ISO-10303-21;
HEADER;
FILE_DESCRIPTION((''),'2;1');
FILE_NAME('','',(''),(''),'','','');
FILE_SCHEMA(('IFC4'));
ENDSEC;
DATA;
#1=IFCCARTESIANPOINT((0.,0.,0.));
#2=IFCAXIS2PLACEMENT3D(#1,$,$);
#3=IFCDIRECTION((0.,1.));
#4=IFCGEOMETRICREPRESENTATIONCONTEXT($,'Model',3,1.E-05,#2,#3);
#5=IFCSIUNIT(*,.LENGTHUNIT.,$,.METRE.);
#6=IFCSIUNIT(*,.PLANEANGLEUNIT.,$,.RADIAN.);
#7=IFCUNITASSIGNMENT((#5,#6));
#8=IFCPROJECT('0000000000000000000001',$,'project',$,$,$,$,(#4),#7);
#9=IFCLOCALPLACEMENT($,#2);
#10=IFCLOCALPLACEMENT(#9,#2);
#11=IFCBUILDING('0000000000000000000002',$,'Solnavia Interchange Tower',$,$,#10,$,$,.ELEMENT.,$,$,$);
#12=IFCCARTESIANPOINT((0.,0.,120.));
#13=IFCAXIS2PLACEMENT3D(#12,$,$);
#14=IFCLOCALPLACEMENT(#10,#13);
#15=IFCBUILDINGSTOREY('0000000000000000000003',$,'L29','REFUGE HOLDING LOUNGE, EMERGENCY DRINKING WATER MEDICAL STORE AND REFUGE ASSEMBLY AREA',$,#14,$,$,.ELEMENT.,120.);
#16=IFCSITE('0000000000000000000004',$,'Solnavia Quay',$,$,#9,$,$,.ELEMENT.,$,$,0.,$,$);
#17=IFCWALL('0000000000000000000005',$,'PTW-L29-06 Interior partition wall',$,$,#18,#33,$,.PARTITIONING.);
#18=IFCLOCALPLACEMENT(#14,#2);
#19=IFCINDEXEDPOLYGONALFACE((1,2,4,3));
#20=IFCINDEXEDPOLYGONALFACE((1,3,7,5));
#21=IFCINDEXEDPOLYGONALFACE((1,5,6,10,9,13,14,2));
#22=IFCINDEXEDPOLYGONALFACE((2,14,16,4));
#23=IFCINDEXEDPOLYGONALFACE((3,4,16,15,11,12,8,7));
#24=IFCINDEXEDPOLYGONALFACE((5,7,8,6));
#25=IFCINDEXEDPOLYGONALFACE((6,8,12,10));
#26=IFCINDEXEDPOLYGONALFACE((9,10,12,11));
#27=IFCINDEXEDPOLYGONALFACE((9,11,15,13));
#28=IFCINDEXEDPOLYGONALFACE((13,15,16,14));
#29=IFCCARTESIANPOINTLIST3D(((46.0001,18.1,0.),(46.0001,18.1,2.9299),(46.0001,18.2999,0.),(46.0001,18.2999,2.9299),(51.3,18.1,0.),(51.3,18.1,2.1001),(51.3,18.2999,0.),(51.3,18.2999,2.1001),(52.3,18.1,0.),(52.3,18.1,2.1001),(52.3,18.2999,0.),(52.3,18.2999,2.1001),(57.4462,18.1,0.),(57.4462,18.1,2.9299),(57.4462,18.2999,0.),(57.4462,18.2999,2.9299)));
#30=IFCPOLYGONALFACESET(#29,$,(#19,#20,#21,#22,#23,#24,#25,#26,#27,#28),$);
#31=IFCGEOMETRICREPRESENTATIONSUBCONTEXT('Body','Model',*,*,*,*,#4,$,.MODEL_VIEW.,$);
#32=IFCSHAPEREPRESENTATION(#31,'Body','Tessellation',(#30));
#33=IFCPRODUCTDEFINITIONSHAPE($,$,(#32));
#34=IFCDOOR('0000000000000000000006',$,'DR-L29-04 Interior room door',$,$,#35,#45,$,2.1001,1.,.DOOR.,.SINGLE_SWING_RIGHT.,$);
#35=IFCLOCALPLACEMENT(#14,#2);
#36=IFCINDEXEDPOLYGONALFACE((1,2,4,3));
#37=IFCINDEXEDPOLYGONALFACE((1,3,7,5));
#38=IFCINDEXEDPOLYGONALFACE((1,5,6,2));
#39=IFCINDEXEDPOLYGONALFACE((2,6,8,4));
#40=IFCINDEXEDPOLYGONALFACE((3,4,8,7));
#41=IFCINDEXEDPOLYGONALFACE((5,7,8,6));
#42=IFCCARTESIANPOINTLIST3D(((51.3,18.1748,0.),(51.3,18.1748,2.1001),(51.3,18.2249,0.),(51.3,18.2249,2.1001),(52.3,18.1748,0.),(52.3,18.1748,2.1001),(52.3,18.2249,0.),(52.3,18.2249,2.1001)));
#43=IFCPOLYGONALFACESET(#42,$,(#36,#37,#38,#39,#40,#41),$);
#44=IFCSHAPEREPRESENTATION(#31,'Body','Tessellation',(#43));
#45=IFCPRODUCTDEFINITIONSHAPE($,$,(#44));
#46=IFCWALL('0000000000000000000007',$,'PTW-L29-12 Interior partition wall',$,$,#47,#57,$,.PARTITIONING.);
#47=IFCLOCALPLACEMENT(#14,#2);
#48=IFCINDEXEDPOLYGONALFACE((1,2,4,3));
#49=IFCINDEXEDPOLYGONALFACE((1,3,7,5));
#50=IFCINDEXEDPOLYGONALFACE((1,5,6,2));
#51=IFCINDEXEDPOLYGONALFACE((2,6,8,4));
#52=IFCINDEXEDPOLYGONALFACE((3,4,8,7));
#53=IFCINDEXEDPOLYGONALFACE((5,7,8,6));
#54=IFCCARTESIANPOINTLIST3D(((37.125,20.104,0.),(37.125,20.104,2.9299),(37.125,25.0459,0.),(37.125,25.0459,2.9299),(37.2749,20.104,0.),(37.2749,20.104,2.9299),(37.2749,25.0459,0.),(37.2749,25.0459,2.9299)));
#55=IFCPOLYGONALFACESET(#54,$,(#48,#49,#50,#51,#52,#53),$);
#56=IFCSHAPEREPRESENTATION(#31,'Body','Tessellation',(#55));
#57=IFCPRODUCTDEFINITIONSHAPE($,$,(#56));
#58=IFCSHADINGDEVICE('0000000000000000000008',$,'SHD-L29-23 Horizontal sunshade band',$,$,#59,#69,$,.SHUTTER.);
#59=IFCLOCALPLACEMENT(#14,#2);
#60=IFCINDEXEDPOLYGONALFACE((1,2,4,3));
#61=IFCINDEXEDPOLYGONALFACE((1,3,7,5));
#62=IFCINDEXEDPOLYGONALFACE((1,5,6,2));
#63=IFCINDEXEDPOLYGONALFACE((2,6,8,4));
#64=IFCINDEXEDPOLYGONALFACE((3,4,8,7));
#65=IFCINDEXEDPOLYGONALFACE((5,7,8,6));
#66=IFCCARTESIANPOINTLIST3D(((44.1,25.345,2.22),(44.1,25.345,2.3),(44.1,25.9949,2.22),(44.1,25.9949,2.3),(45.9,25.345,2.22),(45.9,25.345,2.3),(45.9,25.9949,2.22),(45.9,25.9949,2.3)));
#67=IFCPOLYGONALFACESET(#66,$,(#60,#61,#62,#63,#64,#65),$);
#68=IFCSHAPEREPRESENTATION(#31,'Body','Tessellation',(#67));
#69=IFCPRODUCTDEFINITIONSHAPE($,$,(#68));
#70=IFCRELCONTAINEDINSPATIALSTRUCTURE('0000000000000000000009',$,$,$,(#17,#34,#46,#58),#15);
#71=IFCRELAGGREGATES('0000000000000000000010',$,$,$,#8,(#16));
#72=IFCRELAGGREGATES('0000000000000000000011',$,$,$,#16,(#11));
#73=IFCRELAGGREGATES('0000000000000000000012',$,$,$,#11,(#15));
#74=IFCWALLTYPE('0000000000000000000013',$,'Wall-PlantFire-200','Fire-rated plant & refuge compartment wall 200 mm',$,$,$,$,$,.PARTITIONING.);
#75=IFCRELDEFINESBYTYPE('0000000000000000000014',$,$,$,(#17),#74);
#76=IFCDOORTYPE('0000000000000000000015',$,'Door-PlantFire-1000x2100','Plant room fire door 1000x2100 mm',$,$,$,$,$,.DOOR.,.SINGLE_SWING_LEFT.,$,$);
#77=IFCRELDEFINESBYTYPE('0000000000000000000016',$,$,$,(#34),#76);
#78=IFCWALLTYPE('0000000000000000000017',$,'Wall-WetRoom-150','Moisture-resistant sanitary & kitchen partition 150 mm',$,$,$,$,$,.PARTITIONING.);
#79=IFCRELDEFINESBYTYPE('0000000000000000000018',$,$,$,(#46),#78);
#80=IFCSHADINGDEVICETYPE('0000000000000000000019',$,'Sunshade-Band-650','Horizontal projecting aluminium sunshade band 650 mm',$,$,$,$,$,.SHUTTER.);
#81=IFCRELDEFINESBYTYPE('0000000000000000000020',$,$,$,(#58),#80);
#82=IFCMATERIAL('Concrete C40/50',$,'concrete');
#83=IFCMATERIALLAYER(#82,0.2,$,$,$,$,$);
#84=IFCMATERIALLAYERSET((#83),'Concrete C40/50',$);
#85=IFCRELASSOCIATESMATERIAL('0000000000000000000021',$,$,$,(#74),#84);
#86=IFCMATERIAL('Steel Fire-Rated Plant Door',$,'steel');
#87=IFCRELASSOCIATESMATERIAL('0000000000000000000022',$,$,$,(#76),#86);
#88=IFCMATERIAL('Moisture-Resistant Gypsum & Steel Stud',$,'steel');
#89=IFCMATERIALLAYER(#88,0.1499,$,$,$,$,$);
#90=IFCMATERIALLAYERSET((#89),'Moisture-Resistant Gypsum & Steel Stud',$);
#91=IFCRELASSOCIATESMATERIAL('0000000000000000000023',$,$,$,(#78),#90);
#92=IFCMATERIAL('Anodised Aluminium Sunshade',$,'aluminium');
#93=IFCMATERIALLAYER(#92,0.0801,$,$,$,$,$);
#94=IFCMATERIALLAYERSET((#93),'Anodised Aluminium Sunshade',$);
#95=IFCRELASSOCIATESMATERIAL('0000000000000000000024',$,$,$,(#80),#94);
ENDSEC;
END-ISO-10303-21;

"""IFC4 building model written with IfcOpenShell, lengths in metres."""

from ifc_helpers import new_model, si_unit, direction, frame, frame_2d, origin, origin_2d, place, context, subcontext, project, spatial, rectangle, extrude, material, layer, layer_set, type_object, element, fill, save


model = new_model("IFC4")

# Units and contexts
model_context = context("Model", 3, precision=1e-05, world=origin(), true_north=direction((0.0, 1.0)))
body_context = subcontext(model_context, "Body", "Model", "MODEL_VIEW")
ifc_project = project(units=[si_unit("LENGTHUNIT", "METRE"), si_unit("PLANEANGLEUNIT", "RADIAN")], contexts=[model_context])

# Site, building, storey
site_placement = place(None, origin())
site = spatial("IfcSite", under=ifc_project, at=site_placement, Name="Solnavia Quay", CompositionType="ELEMENT", RefElevation=0.0)
building_placement = place(site_placement, origin())
building = spatial("IfcBuilding", under=site, at=building_placement, Name="Solnavia Interchange Tower", CompositionType="ELEMENT")
storey_placement = place(building_placement, frame((0.0, 0.0, 120.0)))
storey = spatial("IfcBuildingStorey", under=building, at=storey_placement, Name="L29", Description="REFUGE HOLDING LOUNGE, EMERGENCY DRINKING WATER MEDICAL STORE AND REFUGE ASSEMBLY AREA", CompositionType="ELEMENT", Elevation=120.0)

# Shared definitions
ifc_material_1 = material(Name="Concrete C40/50", Category="concrete")

# Wall, opening, door
ifc_layer_1 = layer(ifc_material_1, 0.2)
ifc_layer_set_1 = layer_set([ifc_layer_1], Name="Concrete C40/50")
wall_type_1 = type_object("IfcWallType", Name="Wall-PlantFire-200", Description="Fire-rated plant & refuge compartment wall 200 mm", PredefinedType="PARTITIONING", material=ifc_layer_set_1)
wall_1_placement = place(storey_placement, frame((46.0, 18.2, 0.0), z_axis=(0.0, 0.0, 1.0), x_axis=(1.0, 0.0, 0.0)))
wall_1 = element("IfcWall", 1, at=wall_1_placement, inside=storey, type_object=wall_type_1, Name="PTW-L29-06 Interior partition wall", PredefinedType="PARTITIONING", context=body_context, shape_type="SweptSolid", body=[
    extrude(rectangle(XDim=11.446, YDim=0.2, at=frame_2d((5.7231, 0.0))), origin(), (0.0, 0.0, 1.0), 2.9299),
])
opening_1_placement = place(wall_1_placement, frame((5.3, 0.0, 0.0)))
opening_1 = element("IfcOpeningElement", 2, at=opening_1_placement, cuts=wall_1, PredefinedType="OPENING", context=body_context, shape_type="SweptSolid", body=[
    extrude(rectangle(XDim=1.0, YDim=2.1001, at=frame_2d((0.5, 1.05))), frame((0.0, 0.1099, 0.0), z_axis=(0.0, -1.0, 0.0), x_axis=(1.0, 0.0, 0.0)), (0.0, 0.0, 1.0), 0.22),
])
ifc_material_2 = material(Name="Steel Fire-Rated Plant Door", Category="steel")
door_type = type_object("IfcDoorType", Name="Door-PlantFire-1000x2100", Description="Plant room fire door 1000x2100 mm", OperationType="SINGLE_SWING_LEFT", PredefinedType="DOOR", material=ifc_material_2)
door_placement = place(opening_1_placement, origin())
door = element("IfcDoor", 3, at=door_placement, inside=storey, type_object=door_type, Name="DR-L29-04 Interior room door", OperationType="SINGLE_SWING_RIGHT", OverallHeight=2.1001, OverallWidth=1.0, PredefinedType="DOOR", context=body_context, shape_type="SweptSolid", body=[
    extrude(rectangle(XDim=1.0, YDim=2.1001, at=frame_2d((0.5, 1.05))), frame((0.0, 0.0249, 0.0), z_axis=(0.0, -1.0, 0.0), x_axis=(1.0, 0.0, 0.0)), (0.0, 0.0, 1.0), 0.05),
])
fill(opening_1, door)

# Wall
ifc_material_3 = material(Name="Moisture-Resistant Gypsum & Steel Stud", Category="steel")
ifc_layer_2 = layer(ifc_material_3, 0.1499)
ifc_layer_set_2 = layer_set([ifc_layer_2], Name="Moisture-Resistant Gypsum & Steel Stud")
wall_type_2 = type_object("IfcWallType", Name="Wall-WetRoom-150", Description="Moisture-resistant sanitary & kitchen partition 150 mm", PredefinedType="PARTITIONING", material=ifc_layer_set_2)
wall_2_placement = place(storey_placement, frame((37.2, 20.104, 0.0), z_axis=(0.0, 0.0, 1.0), x_axis=(0.0, 1.0, 0.0)))
element("IfcWall", 4, at=wall_2_placement, inside=storey, type_object=wall_type_2, Name="PTW-L29-12 Interior partition wall", PredefinedType="PARTITIONING", context=body_context, shape_type="SweptSolid", body=[
    extrude(rectangle(XDim=4.9419, YDim=0.1499, at=frame_2d((2.4709, 0.0))), origin(), (0.0, 0.0, 1.0), 2.9299),
])

# Shading device
ifc_material_4 = material(Name="Anodised Aluminium Sunshade", Category="aluminium")
ifc_layer_3 = layer(ifc_material_4, 0.0801)
ifc_layer_set_3 = layer_set([ifc_layer_3], Name="Anodised Aluminium Sunshade")
shading_device_type = type_object("IfcShadingDeviceType", Name="Sunshade-Band-650", Description="Horizontal projecting aluminium sunshade band 650 mm", PredefinedType="SHUTTER", material=ifc_layer_set_3)
shading_device_placement = place(storey_placement, frame((45.0, 25.6699, 2.22), z_axis=(0.0, 0.0, 1.0), x_axis=(1.0, 0.0, 0.0)))
element("IfcShadingDevice", 5, at=shading_device_placement, inside=storey, type_object=shading_device_type, Name="SHD-L29-23 Horizontal sunshade band", PredefinedType="SHUTTER", context=body_context, shape_type="SweptSolid", body=[
    extrude(rectangle(XDim=1.8, YDim=0.6499, at=origin_2d()), origin(), (0.0, 0.0, 1.0), 0.0801),
])

save(model, "model.ifc")
